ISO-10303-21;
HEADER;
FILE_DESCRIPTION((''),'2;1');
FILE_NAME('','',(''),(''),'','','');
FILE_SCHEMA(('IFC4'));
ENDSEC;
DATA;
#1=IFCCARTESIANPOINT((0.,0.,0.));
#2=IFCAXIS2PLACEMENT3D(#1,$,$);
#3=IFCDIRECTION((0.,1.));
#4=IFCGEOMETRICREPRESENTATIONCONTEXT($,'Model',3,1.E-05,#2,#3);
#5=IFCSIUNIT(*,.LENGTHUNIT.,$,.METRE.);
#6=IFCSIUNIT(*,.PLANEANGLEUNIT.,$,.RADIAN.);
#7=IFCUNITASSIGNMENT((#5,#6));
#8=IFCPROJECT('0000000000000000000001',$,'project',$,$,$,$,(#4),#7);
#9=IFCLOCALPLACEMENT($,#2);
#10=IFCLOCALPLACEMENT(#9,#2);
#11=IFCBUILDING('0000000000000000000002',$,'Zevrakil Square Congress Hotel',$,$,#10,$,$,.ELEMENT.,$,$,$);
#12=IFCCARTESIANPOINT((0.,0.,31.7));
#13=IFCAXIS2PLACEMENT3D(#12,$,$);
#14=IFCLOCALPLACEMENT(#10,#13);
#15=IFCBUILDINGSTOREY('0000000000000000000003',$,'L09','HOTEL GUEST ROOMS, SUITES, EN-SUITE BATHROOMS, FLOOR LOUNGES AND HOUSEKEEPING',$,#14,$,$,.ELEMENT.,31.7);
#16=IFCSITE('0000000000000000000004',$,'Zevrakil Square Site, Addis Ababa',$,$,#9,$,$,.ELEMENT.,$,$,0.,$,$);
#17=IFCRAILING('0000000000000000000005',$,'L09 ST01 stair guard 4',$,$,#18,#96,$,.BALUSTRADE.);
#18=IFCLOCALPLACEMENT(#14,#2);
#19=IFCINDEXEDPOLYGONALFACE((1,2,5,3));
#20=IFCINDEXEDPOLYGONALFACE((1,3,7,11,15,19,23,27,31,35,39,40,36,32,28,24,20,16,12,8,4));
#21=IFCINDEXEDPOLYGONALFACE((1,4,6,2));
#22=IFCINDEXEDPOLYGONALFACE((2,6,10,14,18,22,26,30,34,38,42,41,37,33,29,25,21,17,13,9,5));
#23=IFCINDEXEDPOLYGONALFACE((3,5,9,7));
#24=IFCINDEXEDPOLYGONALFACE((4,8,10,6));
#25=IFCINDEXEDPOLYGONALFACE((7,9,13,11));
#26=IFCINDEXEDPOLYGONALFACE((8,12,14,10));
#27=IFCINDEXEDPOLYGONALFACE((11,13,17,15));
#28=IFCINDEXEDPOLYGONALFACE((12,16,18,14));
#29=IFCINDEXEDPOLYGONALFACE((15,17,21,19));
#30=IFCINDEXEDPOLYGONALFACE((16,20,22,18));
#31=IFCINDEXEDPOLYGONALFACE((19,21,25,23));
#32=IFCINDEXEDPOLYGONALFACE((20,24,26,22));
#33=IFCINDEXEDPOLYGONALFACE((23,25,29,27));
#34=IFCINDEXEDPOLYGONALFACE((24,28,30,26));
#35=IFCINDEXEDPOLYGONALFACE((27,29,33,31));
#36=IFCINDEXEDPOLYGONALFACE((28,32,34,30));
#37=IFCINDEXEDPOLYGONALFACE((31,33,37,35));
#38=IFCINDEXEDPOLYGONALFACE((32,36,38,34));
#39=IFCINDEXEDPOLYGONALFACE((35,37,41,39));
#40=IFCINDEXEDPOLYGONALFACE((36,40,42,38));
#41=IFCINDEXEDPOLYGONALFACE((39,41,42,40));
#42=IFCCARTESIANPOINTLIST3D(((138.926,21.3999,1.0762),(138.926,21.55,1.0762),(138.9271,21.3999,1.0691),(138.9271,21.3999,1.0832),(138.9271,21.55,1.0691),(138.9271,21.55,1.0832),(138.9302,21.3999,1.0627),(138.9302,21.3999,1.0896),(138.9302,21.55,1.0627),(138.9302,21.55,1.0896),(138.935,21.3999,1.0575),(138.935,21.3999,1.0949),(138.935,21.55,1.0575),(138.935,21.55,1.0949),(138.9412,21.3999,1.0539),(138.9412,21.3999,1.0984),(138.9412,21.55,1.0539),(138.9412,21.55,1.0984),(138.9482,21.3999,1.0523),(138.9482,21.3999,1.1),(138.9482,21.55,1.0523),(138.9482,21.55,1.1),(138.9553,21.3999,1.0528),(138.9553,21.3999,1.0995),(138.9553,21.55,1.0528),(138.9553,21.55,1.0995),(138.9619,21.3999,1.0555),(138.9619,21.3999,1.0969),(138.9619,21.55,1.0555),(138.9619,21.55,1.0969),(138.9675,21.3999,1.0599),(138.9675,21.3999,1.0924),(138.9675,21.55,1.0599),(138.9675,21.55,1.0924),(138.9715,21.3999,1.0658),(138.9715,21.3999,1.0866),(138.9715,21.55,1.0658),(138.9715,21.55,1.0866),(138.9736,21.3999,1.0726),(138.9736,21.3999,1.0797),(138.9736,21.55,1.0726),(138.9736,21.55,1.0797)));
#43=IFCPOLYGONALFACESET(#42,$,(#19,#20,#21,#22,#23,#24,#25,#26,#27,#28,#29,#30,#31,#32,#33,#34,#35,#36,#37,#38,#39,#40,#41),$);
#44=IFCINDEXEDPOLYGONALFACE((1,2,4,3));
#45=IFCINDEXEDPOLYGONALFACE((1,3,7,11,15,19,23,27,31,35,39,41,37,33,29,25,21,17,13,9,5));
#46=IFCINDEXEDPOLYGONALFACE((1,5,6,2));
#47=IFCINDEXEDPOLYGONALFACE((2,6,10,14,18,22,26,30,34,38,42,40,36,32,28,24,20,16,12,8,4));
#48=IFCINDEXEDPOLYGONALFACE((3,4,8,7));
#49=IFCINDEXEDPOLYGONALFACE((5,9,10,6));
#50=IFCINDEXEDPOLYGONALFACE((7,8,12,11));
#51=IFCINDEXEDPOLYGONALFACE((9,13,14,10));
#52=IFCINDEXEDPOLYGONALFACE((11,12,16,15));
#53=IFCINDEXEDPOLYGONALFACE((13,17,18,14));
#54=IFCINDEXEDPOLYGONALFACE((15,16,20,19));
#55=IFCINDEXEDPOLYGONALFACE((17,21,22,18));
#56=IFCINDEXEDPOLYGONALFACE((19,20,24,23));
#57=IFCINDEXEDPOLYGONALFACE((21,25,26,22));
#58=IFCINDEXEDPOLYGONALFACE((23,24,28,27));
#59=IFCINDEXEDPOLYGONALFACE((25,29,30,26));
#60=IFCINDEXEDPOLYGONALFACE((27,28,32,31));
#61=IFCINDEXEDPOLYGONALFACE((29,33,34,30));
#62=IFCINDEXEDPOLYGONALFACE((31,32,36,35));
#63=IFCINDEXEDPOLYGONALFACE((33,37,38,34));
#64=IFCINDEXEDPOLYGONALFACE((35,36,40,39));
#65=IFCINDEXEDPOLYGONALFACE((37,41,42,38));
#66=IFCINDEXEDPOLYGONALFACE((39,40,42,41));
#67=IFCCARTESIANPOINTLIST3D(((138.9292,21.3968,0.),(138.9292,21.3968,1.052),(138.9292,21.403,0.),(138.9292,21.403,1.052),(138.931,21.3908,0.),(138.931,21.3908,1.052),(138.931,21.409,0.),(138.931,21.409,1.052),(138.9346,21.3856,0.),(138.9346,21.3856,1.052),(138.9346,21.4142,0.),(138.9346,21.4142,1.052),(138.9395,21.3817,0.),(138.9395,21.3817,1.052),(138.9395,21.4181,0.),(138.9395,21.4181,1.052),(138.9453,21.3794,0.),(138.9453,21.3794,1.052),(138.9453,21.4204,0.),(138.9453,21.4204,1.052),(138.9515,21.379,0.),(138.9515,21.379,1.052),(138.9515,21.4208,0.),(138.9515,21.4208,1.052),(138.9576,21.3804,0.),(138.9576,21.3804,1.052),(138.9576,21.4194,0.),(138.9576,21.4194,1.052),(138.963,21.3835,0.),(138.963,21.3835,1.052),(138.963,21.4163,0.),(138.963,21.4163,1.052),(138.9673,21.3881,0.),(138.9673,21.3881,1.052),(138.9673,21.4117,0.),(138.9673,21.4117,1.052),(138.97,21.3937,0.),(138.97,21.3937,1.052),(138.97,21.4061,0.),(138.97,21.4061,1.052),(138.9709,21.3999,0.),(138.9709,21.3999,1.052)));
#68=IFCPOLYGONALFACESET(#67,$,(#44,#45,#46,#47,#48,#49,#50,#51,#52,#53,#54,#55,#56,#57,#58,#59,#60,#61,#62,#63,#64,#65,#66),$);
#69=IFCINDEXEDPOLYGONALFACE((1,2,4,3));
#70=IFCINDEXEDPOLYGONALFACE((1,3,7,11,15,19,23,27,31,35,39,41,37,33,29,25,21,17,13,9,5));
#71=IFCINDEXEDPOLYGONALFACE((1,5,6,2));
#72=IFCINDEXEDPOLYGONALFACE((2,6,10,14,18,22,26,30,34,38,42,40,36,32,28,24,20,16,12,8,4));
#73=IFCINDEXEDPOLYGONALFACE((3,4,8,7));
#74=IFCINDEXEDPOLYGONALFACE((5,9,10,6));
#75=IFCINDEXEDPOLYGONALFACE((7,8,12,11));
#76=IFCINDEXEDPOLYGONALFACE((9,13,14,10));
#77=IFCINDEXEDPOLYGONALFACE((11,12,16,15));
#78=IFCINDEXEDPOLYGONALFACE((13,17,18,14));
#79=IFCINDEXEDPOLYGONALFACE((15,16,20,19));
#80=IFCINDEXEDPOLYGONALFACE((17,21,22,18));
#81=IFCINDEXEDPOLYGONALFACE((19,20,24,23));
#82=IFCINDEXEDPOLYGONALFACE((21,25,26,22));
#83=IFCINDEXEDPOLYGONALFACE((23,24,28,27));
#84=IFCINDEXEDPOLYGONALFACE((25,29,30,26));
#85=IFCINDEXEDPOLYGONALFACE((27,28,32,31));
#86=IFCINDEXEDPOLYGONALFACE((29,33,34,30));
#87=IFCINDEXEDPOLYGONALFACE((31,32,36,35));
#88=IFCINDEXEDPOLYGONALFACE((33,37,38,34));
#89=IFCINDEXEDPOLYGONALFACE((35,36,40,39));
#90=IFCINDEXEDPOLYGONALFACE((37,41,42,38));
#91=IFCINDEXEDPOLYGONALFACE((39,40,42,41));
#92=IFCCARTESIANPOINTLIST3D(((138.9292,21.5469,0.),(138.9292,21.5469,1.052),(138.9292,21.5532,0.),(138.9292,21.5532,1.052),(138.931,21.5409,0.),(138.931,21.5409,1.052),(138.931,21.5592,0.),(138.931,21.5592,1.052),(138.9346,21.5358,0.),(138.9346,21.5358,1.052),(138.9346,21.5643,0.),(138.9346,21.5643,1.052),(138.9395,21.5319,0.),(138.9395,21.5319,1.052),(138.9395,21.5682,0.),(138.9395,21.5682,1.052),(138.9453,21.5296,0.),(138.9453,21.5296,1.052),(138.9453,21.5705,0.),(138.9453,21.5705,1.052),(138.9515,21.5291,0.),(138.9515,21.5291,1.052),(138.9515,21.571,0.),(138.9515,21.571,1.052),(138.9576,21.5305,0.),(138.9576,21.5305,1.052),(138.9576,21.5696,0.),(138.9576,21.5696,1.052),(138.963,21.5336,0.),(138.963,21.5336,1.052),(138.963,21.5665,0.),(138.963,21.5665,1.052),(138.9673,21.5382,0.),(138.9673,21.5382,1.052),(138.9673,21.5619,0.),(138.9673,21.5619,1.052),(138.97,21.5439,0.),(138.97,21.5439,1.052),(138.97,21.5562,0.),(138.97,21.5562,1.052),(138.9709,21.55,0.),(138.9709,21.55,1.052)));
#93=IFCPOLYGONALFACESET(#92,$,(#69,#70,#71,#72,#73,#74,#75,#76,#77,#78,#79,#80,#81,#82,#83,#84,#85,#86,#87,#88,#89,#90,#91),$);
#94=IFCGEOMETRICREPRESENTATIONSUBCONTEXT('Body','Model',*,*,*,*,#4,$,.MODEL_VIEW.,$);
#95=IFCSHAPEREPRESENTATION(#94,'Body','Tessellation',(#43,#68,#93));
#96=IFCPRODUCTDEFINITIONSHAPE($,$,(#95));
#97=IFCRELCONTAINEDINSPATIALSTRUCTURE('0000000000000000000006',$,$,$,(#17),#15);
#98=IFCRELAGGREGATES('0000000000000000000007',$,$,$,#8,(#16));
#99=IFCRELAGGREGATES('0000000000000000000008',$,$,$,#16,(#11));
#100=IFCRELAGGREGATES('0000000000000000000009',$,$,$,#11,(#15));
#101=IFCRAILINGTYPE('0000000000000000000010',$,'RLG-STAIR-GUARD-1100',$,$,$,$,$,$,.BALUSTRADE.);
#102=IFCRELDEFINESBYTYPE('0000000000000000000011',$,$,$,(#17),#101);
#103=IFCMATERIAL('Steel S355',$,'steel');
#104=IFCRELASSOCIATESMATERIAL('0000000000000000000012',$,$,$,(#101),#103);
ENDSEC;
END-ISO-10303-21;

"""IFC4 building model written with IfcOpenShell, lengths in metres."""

from ifc_helpers import new_model, si_unit, direction, frame, origin, origin_2d, place, context, subcontext, project, spatial, circle, extrude, material, type_object, element, save


model = new_model("IFC4")

# Units and contexts
model_context = context("Model", 3, precision=1e-05, world=origin(), true_north=direction((0.0, 1.0)))
body_context = subcontext(model_context, "Body", "Model", "MODEL_VIEW")
ifc_project = project(units=[si_unit("LENGTHUNIT", "METRE"), si_unit("PLANEANGLEUNIT", "RADIAN")], contexts=[model_context])

# Site, building, storey
site_placement = place(None, origin())
site = spatial("IfcSite", under=ifc_project, at=site_placement, Name="Zevrakil Square Site, Addis Ababa", CompositionType="ELEMENT", RefElevation=0.0)
building_placement = place(site_placement, origin())
building = spatial("IfcBuilding", under=site, at=building_placement, Name="Zevrakil Square Congress Hotel", CompositionType="ELEMENT")
storey_placement = place(building_placement, frame((0.0, 0.0, 31.7)))
storey = spatial("IfcBuildingStorey", under=building, at=storey_placement, Name="L09", Description="HOTEL GUEST ROOMS, SUITES, EN-SUITE BATHROOMS, FLOOR LOUNGES AND HOUSEKEEPING", CompositionType="ELEMENT", Elevation=31.7)

# Railing
ifc_material_1 = material(Name="Steel S355", Category="steel")
railing_type_1 = type_object("IfcRailingType", Name="RLG-STAIR-GUARD-1100", PredefinedType="BALUSTRADE", material=ifc_material_1)
railing_1_placement = place(storey_placement, frame((138.95, 21.3999, 0.0)))
element("IfcRailing", 1, at=railing_1_placement, inside=storey, type_object=railing_type_1, Name="L09 ST01 stair guard 4", PredefinedType="BALUSTRADE", context=body_context, shape_type="SweptSolid", body=[
    extrude(circle(Radius=0.0239, at=origin_2d()), frame((0.0, 0.0, 1.0762), z_axis=(0.0, 1.0, 0.0), x_axis=(-1.0, 0.0, 0.0)), (0.0, 0.0, 1.0), 0.1501),
    extrude(circle(Radius=0.021, at=origin_2d()), origin(), (0.0, 0.0, 1.0), 1.052),
    extrude(circle(Radius=0.021, at=origin_2d()), frame((0.0, 0.1501, 0.0)), (0.0, 0.0, 1.0), 1.052),
])

save(model, "model.ifc")
